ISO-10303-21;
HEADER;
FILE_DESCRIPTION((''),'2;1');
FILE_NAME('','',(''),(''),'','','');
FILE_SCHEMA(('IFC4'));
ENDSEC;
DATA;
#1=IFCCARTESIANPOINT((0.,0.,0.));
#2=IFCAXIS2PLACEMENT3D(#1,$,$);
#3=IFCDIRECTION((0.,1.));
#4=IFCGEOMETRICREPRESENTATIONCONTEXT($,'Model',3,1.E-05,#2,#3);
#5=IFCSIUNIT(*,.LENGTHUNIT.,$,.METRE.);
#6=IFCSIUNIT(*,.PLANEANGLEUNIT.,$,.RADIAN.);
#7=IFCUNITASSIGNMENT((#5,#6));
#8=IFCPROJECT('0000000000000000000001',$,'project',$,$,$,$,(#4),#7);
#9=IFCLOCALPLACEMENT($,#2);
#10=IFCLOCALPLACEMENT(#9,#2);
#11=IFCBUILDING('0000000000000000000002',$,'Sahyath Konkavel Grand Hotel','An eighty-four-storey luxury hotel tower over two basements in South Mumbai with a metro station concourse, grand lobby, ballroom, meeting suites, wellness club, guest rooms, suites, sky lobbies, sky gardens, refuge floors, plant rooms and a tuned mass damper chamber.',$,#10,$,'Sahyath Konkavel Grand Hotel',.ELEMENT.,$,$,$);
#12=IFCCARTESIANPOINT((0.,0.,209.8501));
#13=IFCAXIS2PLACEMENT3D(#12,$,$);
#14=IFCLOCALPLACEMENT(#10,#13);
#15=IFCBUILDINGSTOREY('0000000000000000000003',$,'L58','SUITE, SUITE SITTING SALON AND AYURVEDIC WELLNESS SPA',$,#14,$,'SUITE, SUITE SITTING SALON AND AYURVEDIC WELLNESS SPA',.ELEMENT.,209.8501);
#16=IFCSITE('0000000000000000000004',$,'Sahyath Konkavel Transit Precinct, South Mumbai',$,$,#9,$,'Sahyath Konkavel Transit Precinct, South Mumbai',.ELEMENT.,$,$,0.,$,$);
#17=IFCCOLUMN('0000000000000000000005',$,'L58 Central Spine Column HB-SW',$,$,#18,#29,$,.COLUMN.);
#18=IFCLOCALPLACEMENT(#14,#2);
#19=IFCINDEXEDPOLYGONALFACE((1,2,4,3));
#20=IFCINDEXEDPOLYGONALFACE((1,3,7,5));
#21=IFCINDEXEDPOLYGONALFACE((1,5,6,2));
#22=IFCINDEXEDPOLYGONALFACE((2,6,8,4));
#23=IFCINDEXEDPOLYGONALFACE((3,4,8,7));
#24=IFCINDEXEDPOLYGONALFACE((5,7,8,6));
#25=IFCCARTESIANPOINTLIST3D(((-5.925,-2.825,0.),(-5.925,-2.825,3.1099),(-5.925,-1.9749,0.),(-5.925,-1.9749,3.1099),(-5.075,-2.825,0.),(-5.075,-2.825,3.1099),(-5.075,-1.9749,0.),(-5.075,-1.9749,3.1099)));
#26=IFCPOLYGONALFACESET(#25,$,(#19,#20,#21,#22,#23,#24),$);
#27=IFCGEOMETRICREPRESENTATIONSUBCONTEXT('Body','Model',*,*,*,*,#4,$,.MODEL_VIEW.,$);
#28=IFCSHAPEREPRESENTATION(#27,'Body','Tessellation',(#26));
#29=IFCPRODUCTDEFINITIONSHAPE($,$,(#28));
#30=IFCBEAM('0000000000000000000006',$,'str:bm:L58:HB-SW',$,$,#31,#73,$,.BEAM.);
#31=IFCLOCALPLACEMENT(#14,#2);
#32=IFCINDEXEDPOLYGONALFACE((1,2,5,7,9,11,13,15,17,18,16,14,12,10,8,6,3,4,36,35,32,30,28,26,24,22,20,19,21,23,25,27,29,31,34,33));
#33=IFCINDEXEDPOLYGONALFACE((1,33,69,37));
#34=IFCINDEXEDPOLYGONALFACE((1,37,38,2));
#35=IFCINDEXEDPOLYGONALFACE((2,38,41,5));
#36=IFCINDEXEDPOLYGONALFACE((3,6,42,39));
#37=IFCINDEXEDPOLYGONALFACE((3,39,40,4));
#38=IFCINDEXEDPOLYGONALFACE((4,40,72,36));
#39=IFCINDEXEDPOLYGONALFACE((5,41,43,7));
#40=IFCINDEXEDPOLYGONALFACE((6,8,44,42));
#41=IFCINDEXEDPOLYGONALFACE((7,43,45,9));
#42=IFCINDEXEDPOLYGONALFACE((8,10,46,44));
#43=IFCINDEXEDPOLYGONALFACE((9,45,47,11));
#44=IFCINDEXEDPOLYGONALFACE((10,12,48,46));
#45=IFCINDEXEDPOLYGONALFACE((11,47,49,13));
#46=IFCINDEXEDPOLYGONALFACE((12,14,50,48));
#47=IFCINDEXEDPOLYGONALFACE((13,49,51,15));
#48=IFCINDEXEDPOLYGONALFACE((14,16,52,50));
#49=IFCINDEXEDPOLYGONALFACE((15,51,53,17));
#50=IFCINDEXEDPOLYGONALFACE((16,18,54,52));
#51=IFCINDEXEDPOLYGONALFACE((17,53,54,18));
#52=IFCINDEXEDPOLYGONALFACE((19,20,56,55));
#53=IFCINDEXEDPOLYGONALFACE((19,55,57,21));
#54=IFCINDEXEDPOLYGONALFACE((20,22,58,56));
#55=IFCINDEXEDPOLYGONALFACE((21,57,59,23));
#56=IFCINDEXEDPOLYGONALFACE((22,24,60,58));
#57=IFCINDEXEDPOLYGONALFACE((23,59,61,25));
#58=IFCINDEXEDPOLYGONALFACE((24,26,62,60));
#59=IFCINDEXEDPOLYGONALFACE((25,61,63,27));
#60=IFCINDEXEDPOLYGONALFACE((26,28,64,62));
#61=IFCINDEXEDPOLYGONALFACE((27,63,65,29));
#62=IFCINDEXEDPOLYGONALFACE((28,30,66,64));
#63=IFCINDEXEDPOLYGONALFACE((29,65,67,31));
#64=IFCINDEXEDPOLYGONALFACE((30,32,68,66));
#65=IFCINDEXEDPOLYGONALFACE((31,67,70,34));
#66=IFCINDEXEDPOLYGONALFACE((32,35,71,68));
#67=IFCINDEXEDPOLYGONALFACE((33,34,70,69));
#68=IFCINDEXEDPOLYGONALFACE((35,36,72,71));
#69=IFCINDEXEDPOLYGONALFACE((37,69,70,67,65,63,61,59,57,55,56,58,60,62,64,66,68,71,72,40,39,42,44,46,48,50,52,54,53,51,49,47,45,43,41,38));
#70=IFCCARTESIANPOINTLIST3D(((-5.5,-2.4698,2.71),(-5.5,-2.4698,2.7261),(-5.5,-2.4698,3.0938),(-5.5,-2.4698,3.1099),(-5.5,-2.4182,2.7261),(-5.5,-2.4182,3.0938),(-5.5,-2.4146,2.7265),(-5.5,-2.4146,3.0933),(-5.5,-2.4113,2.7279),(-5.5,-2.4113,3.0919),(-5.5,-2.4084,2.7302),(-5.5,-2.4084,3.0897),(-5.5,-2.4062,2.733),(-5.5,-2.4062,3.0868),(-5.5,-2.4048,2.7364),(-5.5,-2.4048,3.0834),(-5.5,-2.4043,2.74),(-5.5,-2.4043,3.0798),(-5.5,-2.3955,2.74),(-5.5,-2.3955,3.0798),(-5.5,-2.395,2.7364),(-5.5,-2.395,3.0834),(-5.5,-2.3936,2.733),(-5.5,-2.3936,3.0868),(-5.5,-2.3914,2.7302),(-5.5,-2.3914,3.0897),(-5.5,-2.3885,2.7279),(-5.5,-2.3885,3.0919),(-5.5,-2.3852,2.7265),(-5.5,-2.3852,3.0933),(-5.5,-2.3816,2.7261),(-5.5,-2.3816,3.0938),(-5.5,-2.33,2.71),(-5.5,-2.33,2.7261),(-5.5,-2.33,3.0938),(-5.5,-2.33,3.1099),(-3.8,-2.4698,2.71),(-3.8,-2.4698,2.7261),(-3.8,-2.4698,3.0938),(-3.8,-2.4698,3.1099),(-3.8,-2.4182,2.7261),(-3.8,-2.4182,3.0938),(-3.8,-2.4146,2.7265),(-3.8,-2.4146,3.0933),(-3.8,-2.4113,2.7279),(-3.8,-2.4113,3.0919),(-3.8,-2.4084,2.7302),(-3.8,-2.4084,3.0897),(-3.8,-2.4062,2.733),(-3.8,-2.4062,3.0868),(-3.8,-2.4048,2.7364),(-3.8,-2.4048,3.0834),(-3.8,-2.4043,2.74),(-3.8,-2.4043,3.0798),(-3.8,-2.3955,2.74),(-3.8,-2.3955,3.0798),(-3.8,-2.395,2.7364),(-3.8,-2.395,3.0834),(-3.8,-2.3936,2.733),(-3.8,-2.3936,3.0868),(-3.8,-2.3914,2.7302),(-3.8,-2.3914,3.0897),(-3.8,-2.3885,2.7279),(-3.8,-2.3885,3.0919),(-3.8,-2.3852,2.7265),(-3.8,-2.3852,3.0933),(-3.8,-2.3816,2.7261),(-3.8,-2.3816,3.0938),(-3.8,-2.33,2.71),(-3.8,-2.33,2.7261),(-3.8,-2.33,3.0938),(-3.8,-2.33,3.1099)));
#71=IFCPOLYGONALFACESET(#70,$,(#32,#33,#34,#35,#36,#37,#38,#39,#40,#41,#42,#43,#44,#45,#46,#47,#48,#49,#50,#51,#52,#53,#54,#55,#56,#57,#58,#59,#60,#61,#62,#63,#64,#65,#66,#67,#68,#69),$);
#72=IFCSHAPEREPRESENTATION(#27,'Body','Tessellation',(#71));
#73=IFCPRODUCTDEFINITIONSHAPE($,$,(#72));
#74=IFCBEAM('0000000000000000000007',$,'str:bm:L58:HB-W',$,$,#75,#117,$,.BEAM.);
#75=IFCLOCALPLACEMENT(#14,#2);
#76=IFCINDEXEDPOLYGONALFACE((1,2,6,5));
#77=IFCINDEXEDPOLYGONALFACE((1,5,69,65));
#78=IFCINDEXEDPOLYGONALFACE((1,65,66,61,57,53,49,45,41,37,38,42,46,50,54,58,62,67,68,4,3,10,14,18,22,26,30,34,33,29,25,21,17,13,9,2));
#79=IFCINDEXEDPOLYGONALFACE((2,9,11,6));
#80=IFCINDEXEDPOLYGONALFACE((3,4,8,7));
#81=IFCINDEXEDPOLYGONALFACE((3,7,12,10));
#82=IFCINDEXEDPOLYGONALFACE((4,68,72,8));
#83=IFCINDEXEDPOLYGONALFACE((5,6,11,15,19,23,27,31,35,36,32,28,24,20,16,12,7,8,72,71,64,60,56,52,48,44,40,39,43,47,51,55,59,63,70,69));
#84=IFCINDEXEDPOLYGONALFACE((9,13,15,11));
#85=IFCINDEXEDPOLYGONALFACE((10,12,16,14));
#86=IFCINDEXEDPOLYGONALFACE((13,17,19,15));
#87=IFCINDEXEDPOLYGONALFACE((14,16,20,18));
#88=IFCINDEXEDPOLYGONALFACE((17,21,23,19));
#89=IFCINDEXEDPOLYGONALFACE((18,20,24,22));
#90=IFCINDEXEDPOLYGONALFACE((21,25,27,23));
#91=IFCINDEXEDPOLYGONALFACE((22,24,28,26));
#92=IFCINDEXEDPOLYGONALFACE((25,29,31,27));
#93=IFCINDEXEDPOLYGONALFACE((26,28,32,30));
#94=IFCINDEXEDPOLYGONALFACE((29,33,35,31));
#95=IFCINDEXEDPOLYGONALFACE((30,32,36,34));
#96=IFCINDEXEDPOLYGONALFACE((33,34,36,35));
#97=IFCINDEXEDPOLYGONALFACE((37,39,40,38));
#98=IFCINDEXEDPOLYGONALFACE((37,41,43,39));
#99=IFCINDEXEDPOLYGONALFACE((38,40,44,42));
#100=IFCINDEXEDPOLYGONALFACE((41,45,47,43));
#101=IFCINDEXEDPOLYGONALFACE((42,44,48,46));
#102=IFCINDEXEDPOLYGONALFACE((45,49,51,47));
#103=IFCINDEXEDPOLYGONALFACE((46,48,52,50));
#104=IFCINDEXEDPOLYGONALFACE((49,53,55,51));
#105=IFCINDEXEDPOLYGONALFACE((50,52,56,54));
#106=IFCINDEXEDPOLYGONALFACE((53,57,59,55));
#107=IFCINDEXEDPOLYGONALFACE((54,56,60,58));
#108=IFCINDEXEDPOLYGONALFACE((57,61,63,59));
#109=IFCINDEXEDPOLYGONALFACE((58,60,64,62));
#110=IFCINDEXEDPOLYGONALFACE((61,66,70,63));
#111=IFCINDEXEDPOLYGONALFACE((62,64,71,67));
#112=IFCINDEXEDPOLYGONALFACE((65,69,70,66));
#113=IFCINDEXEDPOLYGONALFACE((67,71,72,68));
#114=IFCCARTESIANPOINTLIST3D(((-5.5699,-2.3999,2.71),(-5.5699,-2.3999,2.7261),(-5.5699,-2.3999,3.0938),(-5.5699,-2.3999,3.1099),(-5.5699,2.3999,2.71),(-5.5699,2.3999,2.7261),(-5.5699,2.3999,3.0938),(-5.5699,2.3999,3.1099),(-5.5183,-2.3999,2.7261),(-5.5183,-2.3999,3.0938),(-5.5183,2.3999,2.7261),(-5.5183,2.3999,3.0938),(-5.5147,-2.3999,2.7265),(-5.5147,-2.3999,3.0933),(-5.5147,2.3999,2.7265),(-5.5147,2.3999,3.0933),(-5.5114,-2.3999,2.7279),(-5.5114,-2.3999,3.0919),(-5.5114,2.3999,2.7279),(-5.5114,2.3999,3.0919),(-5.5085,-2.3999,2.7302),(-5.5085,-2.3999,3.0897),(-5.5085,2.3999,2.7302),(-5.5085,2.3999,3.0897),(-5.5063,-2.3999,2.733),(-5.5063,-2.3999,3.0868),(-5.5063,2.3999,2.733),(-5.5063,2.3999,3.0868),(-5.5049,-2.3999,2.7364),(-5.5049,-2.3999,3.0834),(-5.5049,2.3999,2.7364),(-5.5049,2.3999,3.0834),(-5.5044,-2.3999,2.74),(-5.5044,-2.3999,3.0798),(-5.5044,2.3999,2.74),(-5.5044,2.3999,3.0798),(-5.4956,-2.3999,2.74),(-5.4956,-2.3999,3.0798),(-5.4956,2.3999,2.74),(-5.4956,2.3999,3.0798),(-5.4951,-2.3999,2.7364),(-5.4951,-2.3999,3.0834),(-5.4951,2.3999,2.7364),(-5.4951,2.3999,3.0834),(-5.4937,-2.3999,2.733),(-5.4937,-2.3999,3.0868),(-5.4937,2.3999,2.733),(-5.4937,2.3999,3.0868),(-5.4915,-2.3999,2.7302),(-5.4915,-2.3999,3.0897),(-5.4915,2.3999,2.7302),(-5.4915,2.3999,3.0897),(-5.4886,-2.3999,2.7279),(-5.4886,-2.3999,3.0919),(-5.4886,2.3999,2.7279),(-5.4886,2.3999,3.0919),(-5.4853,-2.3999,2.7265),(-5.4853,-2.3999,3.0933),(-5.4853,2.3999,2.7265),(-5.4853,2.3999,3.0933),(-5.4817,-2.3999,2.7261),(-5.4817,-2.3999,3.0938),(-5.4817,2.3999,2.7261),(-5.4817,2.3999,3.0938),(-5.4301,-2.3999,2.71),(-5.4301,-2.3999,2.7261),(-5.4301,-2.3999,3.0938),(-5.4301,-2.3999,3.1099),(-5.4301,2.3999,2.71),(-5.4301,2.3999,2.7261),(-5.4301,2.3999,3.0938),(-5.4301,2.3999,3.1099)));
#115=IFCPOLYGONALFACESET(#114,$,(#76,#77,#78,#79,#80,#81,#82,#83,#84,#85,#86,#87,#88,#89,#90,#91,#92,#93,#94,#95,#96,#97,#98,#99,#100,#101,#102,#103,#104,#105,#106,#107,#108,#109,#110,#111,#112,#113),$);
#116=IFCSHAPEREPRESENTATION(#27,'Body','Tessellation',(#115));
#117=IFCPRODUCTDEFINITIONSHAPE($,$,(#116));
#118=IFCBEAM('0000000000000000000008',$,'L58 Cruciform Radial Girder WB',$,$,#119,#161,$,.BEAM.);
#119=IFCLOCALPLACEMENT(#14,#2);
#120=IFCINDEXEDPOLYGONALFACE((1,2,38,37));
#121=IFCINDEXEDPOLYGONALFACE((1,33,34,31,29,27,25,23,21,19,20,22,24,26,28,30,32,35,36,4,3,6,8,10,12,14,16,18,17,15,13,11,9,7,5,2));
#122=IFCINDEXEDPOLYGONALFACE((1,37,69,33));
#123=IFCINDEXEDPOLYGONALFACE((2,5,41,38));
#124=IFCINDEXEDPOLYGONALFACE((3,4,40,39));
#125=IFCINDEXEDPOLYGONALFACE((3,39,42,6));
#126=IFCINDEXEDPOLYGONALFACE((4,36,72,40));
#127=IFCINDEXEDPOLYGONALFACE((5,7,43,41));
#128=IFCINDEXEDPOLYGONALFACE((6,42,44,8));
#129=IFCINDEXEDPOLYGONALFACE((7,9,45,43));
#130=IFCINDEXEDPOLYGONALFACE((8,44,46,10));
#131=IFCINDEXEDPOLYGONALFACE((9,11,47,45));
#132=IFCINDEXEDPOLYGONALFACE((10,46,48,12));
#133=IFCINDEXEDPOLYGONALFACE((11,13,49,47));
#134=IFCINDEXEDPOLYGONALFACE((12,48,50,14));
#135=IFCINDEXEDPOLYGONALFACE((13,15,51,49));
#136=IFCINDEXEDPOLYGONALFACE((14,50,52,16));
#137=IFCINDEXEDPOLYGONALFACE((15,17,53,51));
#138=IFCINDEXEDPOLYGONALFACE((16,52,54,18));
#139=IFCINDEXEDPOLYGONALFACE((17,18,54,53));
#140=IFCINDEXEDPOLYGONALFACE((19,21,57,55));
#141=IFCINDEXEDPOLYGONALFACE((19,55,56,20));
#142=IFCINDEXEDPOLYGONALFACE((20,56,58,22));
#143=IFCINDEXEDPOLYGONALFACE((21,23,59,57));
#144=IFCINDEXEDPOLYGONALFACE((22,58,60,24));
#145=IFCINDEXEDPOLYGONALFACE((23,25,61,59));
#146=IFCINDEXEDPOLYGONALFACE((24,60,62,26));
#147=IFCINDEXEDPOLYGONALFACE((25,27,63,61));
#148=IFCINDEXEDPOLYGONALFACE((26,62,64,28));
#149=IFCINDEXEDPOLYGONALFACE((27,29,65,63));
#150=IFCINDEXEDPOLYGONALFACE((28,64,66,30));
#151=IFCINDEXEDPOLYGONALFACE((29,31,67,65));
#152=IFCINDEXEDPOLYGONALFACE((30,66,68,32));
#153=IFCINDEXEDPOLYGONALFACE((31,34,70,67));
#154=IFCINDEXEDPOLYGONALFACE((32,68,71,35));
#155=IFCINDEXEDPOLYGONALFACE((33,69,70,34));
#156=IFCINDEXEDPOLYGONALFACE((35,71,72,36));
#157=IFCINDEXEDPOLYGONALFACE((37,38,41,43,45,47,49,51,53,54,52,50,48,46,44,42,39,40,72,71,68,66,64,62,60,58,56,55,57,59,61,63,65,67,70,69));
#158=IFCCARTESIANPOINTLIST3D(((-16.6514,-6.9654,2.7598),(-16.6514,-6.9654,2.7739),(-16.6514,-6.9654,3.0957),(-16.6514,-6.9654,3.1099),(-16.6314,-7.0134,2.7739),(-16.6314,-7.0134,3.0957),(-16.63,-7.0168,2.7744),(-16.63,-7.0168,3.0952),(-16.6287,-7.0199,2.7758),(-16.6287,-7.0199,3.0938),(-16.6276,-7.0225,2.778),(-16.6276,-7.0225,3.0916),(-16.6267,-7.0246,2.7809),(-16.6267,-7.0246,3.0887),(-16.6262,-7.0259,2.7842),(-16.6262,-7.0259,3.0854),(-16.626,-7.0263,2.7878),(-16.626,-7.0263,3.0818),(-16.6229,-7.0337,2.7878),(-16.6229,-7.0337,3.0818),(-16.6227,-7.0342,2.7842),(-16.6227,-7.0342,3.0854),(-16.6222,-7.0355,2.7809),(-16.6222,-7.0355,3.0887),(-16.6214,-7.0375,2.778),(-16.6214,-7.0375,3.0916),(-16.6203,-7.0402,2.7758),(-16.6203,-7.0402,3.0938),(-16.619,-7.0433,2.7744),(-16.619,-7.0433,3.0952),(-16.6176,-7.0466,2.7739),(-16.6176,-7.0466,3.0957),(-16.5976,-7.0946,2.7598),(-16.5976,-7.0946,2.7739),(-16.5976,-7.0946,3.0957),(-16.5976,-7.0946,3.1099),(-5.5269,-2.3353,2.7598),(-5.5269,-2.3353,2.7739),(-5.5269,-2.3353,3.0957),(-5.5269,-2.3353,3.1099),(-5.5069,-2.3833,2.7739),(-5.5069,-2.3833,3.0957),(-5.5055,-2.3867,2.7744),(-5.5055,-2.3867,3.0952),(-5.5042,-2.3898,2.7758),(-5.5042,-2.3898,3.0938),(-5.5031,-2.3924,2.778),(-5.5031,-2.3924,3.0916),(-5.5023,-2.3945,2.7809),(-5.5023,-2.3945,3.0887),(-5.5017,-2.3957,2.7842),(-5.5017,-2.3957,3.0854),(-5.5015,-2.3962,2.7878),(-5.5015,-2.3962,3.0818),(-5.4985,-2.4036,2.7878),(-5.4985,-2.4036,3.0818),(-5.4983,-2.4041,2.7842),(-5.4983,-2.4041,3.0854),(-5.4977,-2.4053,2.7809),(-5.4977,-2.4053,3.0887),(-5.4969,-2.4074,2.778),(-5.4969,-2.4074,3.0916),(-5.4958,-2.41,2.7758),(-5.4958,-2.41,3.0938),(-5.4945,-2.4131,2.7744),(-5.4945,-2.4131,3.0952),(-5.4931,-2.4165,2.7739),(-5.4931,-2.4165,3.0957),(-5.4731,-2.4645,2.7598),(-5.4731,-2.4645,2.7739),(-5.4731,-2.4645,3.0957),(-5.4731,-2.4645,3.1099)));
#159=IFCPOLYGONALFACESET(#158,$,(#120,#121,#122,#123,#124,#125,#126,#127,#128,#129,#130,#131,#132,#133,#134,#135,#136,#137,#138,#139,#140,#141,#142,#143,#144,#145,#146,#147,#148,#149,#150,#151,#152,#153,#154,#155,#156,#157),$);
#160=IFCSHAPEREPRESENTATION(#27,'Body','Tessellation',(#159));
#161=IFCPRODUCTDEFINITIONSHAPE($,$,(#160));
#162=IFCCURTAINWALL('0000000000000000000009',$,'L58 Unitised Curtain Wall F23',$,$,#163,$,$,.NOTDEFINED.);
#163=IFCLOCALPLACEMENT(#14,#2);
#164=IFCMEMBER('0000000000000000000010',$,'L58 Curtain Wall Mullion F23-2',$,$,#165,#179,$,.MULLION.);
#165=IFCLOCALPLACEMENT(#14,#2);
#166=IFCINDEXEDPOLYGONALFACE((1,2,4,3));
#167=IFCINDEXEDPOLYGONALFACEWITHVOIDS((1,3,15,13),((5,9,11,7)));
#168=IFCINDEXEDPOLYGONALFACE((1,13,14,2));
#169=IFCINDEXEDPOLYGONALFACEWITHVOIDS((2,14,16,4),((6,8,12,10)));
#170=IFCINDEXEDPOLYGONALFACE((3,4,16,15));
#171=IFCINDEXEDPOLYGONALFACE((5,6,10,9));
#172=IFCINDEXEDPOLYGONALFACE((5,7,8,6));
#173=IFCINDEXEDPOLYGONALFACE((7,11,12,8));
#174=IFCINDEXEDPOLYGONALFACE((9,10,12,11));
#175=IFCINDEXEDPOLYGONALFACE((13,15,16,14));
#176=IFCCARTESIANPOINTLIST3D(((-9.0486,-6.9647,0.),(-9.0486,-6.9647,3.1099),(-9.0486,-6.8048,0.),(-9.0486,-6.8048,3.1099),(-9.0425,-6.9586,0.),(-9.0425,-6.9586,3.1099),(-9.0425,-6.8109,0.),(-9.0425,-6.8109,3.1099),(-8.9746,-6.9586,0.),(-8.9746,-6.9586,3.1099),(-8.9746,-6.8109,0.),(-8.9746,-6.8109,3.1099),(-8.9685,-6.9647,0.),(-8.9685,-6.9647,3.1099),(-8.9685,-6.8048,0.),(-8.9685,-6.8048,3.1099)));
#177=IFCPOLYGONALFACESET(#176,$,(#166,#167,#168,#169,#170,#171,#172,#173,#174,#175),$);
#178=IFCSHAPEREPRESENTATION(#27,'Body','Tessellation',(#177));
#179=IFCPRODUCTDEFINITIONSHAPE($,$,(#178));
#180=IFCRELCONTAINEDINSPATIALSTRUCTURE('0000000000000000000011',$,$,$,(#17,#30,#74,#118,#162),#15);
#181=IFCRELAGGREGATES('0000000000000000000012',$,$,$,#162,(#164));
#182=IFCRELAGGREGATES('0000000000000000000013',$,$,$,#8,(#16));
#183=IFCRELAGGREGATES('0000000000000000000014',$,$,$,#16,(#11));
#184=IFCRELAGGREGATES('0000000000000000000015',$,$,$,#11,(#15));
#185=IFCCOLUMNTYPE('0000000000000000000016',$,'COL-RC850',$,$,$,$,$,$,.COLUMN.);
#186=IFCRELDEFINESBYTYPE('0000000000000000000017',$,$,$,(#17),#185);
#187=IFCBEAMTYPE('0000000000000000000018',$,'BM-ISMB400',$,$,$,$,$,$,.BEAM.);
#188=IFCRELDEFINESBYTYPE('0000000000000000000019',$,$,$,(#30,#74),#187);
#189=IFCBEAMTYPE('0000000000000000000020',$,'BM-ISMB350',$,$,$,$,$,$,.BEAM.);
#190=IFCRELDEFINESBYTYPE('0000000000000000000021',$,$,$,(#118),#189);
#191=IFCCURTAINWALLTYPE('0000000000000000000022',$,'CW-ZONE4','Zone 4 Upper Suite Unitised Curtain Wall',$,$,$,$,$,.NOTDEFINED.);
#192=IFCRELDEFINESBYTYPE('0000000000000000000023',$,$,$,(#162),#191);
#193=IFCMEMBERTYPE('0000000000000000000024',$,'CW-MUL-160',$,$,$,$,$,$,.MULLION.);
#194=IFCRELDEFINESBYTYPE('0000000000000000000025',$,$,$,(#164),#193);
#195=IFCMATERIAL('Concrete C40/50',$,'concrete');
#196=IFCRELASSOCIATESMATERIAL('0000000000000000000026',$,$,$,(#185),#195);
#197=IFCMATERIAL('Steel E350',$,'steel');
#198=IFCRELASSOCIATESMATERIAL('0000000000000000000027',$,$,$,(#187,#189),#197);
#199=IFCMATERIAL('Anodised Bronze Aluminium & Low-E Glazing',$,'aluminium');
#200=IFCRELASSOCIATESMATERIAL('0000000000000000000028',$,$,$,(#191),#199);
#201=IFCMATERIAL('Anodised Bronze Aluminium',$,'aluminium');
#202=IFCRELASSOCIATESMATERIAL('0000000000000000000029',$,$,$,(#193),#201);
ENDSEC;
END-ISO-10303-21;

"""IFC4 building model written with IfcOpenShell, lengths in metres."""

from ifc_helpers import new_model, si_unit, direction, frame, origin, origin_2d, place, context, subcontext, project, spatial, rectangle, hollow_rectangle, i_section, extrude, source, transform, mapped, material, material_profile, profile_set, type_object, element, aggregate, save


model = new_model("IFC4")

# Units and contexts
model_context = context("Model", 3, precision=1e-05, world=origin(), true_north=direction((0.0, 1.0)))
body_context = subcontext(model_context, "Body", "Model", "MODEL_VIEW")
ifc_project = project(units=[si_unit("LENGTHUNIT", "METRE"), si_unit("PLANEANGLEUNIT", "RADIAN")], contexts=[model_context])

# Site, building, storey
site_placement = place(None, origin())
site = spatial("IfcSite", under=ifc_project, at=site_placement, Name="Sahyath Konkavel Transit Precinct, South Mumbai", LongName="Sahyath Konkavel Transit Precinct, South Mumbai", CompositionType="ELEMENT", RefElevation=0.0)
building_placement = place(site_placement, origin())
building = spatial("IfcBuilding", under=site, at=building_placement, Name="Sahyath Konkavel Grand Hotel", Description="An eighty-four-storey luxury hotel tower over two basements in South Mumbai with a metro station concourse, grand lobby, ballroom, meeting suites, wellness club, guest rooms, suites, sky lobbies, sky gardens, refuge floors, plant rooms and a tuned mass damper chamber.", LongName="Sahyath Konkavel Grand Hotel", CompositionType="ELEMENT")
storey_placement = place(building_placement, frame((0.0, 0.0, 209.8501)))
storey = spatial("IfcBuildingStorey", under=building, at=storey_placement, Name="L58", Description="SUITE, SUITE SITTING SALON AND AYURVEDIC WELLNESS SPA", LongName="SUITE, SUITE SITTING SALON AND AYURVEDIC WELLNESS SPA", CompositionType="ELEMENT", Elevation=209.8501)

# Column
ifc_material_1 = material(Name="Concrete C40/50", Category="concrete")
ifc_material_profile_1 = material_profile(ifc_material_1, rectangle(XDim=0.8501, YDim=0.8501, at=origin_2d()), Name="RC 850x850")
ifc_profile_set_1 = profile_set([ifc_material_profile_1], Name="Concrete C40/50")
column_type = type_object("IfcColumnType", Name="COL-RC850", PredefinedType="COLUMN", material=ifc_profile_set_1)
shared_shape_1 = source(origin(), body_context, "Body", "SweptSolid", [
    extrude(rectangle(XDim=0.8501, YDim=0.8501, at=origin_2d()), origin(), (0.0, 0.0, 1.0), 3.1099),
])
column_placement = place(storey_placement, frame((-5.5, -2.3999, 0.0), z_axis=(0.0, 0.0, 1.0), x_axis=(1.0, 0.0, 0.0)))
element("IfcColumn", 1, at=column_placement, inside=storey, type_object=column_type, Name="L58 Central Spine Column HB-SW", PredefinedType="COLUMN", context=body_context, shape_type="MappedRepresentation", body=[
    mapped(shared_shape_1, transform((0.0, 0.0, 0.0), scale=1.0)),
])

# Beams
ifc_material_2 = material(Name="Steel E350", Category="steel")
ifc_material_profile_2 = material_profile(ifc_material_2, i_section(OverallWidth=0.1399, OverallDepth=0.3999, WebThickness=0.0088, FlangeThickness=0.0161, FilletRadius=0.0139, at=origin_2d()), Name="ISMB 400")
ifc_profile_set_2 = profile_set([ifc_material_profile_2], Name="Steel E350")
beam_type_1 = type_object("IfcBeamType", Name="BM-ISMB400", PredefinedType="BEAM", material=ifc_profile_set_2)
shared_shape_2 = source(origin(), body_context, "Body", "SweptSolid", [
    extrude(i_section(OverallWidth=0.1399, OverallDepth=0.3999, WebThickness=0.0088, FlangeThickness=0.0161, FilletRadius=0.0139, at=origin_2d()), origin(), (0.0, 0.0, 1.0), 1.7),
])
beam_1_placement = place(storey_placement, frame((-5.5, -2.3999, 2.9099), z_axis=(1.0, 0.0, 0.0), x_axis=(0.0, 1.0, 0.0)))
element("IfcBeam", 2, at=beam_1_placement, inside=storey, type_object=beam_type_1, Name="str:bm:L58:HB-SW", PredefinedType="BEAM", context=body_context, shape_type="MappedRepresentation", body=[
    mapped(shared_shape_2, transform((0.0, 0.0, 0.0), scale=1.0)),
])
shared_shape_3 = source(origin(), body_context, "Body", "SweptSolid", [
    extrude(i_section(OverallWidth=0.1399, OverallDepth=0.3999, WebThickness=0.0088, FlangeThickness=0.0161, FilletRadius=0.0139, at=origin_2d()), origin(), (0.0, 0.0, 1.0), 4.7998),
])
beam_2_placement = place(storey_placement, frame((-5.5, -2.3999, 2.9099), z_axis=(0.0, 1.0, 0.0), x_axis=(-1.0, 0.0, 0.0)))
element("IfcBeam", 3, at=beam_2_placement, inside=storey, type_object=beam_type_1, Name="str:bm:L58:HB-W", PredefinedType="BEAM", context=body_context, shape_type="MappedRepresentation", body=[
    mapped(shared_shape_3, transform((0.0, 0.0, 0.0), scale=1.0)),
])
ifc_material_profile_3 = material_profile(ifc_material_2, i_section(OverallWidth=0.1399, OverallDepth=0.3501, WebThickness=0.0081, FlangeThickness=0.0142, FilletRadius=0.0139, at=origin_2d()), Name="ISMB 350")
ifc_profile_set_3 = profile_set([ifc_material_profile_3], Name="Steel E350")
beam_type_2 = type_object("IfcBeamType", Name="BM-ISMB350", PredefinedType="BEAM", material=ifc_profile_set_3)
shared_shape_4 = source(origin(), body_context, "Body", "SweptSolid", [
    extrude(i_section(OverallWidth=0.1399, OverallDepth=0.3501, WebThickness=0.0081, FlangeThickness=0.0142, FilletRadius=0.0139, at=origin_2d()), origin(), (0.0, 0.0, 1.0), 12.0496),
])
beam_3_placement = place(storey_placement, frame((-5.5, -2.3999, 2.9348), z_axis=(-0.923227, -0.384256, 0.0), x_axis=(0.384256, -0.923227, 0.0)))
element("IfcBeam", 4, at=beam_3_placement, inside=storey, type_object=beam_type_2, Name="L58 Cruciform Radial Girder WB", PredefinedType="BEAM", context=body_context, shape_type="MappedRepresentation", body=[
    mapped(shared_shape_4, transform((0.0, 0.0, 0.0), scale=1.0)),
])

# Curtain wall, member
ifc_material_3 = material(Name="Anodised Bronze Aluminium & Low-E Glazing", Category="aluminium")
curtain_wall_type = type_object("IfcCurtainWallType", Name="CW-ZONE4", Description="Zone 4 Upper Suite Unitised Curtain Wall", PredefinedType="NOTDEFINED", material=ifc_material_3)
curtain_wall_1_placement = place(storey_placement, origin())
curtain_wall_1 = element("IfcCurtainWall", 5, at=curtain_wall_1_placement, inside=storey, type_object=curtain_wall_type, Name="L58 Unitised Curtain Wall F23", PredefinedType="NOTDEFINED")
ifc_material_4 = material(Name="Anodised Bronze Aluminium", Category="aluminium")
ifc_material_profile_4 = material_profile(ifc_material_4, hollow_rectangle(XDim=0.0801, YDim=0.1599, WallThickness=0.0061, at=origin_2d()), Name="RHS 160x80x6")
ifc_profile_set_4 = profile_set([ifc_material_profile_4], Name="Anodised Bronze Aluminium")
member_type_1 = type_object("IfcMemberType", Name="CW-MUL-160", PredefinedType="MULLION", material=ifc_profile_set_4)
shared_shape_5 = source(origin(), body_context, "Body", "SweptSolid", [
    extrude(hollow_rectangle(XDim=0.0801, YDim=0.1599, WallThickness=0.0061, at=origin_2d()), origin(), (0.0, 0.0, 1.0), 3.1099),
])
member_1_placement = place(storey_placement, frame((-9.0085, -6.8848, 0.0), z_axis=(0.0, 0.0, 1.0), x_axis=(1.0, 0.0, 0.0)))
member_1 = element("IfcMember", 6, at=member_1_placement, type_object=member_type_1, Name="L58 Curtain Wall Mullion F23-2", PredefinedType="MULLION", context=body_context, shape_type="MappedRepresentation", body=[
    mapped(shared_shape_5, transform((0.0, 0.0, 0.0), scale=1.0)),
])

aggregate(curtain_wall_1, [member_1])

save(model, "model.ifc")
